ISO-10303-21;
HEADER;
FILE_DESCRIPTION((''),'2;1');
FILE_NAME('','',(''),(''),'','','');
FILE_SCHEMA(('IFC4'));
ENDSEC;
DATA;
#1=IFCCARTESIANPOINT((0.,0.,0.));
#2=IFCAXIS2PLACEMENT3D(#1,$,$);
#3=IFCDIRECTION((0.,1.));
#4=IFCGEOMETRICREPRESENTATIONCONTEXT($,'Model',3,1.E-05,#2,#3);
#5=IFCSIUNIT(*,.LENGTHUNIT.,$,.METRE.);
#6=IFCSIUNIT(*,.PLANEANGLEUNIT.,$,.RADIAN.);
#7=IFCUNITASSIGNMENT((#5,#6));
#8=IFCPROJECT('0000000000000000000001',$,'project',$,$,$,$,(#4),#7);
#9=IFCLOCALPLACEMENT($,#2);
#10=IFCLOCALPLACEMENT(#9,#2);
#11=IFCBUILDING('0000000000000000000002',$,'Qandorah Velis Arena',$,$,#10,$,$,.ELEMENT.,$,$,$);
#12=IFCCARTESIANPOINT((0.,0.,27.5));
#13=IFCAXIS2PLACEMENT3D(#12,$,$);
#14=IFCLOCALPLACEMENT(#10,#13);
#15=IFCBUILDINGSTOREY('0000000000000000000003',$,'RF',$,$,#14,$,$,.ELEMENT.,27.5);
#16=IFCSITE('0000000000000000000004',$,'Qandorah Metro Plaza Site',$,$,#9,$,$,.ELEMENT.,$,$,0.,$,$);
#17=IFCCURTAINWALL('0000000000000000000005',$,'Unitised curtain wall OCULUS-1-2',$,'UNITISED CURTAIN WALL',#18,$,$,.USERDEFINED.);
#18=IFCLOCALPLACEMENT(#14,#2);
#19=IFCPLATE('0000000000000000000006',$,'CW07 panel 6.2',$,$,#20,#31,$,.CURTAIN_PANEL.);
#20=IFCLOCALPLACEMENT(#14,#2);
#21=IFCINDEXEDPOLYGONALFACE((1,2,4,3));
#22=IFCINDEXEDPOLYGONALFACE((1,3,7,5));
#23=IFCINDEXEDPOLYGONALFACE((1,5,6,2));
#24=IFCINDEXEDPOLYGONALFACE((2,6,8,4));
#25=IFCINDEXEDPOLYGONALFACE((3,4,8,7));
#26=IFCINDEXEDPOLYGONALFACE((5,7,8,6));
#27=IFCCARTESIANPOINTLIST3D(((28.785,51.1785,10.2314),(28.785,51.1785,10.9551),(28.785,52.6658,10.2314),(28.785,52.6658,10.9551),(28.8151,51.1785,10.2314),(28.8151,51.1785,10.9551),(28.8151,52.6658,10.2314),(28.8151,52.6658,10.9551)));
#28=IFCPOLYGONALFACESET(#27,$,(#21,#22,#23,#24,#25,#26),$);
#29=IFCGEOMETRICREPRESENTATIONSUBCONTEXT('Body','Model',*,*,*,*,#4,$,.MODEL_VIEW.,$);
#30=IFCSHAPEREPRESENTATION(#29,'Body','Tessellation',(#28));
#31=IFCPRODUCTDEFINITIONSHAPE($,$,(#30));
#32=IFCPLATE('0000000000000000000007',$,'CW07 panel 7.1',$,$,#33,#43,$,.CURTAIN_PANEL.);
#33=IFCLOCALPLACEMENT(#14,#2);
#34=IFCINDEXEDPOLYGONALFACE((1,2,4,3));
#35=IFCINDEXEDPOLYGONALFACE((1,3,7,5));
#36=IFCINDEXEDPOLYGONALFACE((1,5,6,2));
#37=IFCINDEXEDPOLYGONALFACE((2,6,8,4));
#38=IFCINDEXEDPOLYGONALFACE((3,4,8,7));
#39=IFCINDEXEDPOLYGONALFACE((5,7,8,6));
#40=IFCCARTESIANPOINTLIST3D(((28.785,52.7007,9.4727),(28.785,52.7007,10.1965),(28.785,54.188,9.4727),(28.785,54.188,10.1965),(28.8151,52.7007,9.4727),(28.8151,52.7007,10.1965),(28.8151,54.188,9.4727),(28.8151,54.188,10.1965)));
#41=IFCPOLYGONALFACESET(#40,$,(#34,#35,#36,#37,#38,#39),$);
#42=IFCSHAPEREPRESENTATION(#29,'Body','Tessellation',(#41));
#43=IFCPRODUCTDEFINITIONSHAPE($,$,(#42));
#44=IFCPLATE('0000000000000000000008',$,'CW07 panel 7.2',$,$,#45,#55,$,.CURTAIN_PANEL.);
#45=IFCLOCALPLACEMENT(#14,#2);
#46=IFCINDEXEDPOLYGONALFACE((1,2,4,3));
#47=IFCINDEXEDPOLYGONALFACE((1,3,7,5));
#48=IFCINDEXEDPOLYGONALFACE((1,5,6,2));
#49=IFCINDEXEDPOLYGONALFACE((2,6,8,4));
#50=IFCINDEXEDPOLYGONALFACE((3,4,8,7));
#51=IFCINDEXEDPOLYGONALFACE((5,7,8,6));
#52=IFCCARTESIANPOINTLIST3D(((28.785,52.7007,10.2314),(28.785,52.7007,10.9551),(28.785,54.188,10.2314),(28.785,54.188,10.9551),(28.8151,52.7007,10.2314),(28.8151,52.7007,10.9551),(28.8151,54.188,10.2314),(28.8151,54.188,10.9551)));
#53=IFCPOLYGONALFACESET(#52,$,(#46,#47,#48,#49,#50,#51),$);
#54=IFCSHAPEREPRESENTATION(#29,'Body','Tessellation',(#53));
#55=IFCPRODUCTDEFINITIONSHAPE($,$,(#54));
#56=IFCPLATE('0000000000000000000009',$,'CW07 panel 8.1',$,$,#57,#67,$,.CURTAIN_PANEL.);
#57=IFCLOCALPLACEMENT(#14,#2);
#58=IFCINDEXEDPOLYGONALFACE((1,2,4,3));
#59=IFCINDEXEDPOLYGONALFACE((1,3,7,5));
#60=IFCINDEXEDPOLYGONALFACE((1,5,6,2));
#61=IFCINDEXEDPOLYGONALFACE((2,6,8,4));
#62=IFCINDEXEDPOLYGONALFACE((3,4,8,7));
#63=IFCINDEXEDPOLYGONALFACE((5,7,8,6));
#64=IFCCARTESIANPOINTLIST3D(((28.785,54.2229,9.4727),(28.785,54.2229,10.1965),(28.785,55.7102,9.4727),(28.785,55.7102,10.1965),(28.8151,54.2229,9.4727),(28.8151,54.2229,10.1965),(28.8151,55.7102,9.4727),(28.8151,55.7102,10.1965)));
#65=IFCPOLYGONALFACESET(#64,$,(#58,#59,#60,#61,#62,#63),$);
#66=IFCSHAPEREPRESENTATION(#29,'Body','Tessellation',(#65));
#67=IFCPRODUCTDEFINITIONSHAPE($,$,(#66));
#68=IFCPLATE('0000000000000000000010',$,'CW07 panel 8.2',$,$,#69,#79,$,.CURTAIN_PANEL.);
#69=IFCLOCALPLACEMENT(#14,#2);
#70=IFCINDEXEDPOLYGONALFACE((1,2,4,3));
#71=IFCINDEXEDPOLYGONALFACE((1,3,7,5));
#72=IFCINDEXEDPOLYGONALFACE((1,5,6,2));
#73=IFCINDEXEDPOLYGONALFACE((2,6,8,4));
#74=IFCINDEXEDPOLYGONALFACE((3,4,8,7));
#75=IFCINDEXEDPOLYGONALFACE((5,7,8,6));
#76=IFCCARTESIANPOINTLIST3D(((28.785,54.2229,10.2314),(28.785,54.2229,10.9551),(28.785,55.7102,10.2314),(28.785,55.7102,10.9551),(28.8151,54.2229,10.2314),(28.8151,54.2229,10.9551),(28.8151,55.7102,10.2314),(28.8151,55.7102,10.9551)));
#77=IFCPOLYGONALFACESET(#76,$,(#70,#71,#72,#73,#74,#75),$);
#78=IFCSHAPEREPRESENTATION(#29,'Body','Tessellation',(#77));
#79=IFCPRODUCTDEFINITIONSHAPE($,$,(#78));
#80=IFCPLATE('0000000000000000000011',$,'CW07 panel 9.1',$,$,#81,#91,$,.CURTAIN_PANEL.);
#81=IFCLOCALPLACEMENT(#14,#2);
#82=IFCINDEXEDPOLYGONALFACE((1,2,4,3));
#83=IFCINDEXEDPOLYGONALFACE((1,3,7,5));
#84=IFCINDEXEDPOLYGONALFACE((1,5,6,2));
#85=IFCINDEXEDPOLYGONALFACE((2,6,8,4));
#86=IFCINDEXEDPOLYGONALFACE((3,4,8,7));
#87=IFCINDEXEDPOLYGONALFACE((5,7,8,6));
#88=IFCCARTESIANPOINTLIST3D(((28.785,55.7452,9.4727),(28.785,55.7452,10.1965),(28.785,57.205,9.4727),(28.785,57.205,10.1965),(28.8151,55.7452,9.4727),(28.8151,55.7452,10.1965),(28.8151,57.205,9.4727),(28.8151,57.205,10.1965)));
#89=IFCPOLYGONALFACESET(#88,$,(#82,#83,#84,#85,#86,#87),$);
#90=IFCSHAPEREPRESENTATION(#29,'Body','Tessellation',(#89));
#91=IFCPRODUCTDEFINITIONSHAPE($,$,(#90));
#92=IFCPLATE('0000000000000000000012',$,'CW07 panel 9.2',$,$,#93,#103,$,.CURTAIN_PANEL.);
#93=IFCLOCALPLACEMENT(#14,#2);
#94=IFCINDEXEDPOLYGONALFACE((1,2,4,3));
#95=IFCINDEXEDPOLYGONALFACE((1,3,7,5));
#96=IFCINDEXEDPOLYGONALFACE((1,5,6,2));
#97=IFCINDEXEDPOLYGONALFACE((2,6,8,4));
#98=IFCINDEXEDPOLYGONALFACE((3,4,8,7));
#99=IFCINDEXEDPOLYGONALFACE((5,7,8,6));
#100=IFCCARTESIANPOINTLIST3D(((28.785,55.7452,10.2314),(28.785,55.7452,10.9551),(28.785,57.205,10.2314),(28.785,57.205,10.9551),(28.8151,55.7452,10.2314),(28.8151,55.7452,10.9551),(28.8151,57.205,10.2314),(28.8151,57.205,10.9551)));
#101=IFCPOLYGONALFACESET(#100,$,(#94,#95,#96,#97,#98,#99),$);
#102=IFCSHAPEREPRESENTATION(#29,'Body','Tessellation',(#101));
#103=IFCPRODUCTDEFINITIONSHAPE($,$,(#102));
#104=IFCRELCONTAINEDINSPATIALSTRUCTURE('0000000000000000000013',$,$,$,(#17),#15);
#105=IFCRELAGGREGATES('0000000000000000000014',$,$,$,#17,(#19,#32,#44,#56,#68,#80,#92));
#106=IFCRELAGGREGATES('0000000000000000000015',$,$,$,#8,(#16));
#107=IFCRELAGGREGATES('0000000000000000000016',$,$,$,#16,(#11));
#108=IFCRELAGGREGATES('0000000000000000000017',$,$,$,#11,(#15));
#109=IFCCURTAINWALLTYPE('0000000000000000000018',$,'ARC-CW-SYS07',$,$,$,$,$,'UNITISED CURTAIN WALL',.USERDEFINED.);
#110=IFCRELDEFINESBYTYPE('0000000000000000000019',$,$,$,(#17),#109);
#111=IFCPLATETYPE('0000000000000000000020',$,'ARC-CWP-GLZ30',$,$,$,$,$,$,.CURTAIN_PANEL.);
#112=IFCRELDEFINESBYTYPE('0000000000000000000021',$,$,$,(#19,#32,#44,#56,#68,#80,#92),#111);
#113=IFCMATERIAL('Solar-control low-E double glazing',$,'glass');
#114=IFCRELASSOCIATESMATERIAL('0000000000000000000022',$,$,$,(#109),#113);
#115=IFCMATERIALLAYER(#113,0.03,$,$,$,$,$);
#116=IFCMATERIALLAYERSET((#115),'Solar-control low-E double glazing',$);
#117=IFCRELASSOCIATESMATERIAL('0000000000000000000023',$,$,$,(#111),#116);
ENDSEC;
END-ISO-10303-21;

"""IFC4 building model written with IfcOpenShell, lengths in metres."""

from ifc_helpers import new_model, si_unit, direction, frame, origin, origin_2d, place, context, subcontext, project, spatial, rectangle, extrude, material, layer, layer_set, type_object, element, aggregate, save


model = new_model("IFC4")

# Units and contexts
model_context = context("Model", 3, precision=1e-05, world=origin(), true_north=direction((0.0, 1.0)))
body_context = subcontext(model_context, "Body", "Model", "MODEL_VIEW")
ifc_project = project(units=[si_unit("LENGTHUNIT", "METRE"), si_unit("PLANEANGLEUNIT", "RADIAN")], contexts=[model_context])

# Site, building, storey
site_placement = place(None, origin())
site = spatial("IfcSite", under=ifc_project, at=site_placement, Name="Qandorah Metro Plaza Site", CompositionType="ELEMENT", RefElevation=0.0)
building_placement = place(site_placement, origin())
building = spatial("IfcBuilding", under=site, at=building_placement, Name="Qandorah Velis Arena", CompositionType="ELEMENT")
storey_placement = place(building_placement, frame((0.0, 0.0, 27.5)))
storey = spatial("IfcBuildingStorey", under=building, at=storey_placement, Name="RF", CompositionType="ELEMENT", Elevation=27.5)

# Curtain wall
ifc_material_1 = material(Name="Solar-control low-E double glazing", Category="glass")
curtain_wall_type = type_object("IfcCurtainWallType", Name="ARC-CW-SYS07", ElementType="UNITISED CURTAIN WALL", PredefinedType="USERDEFINED", material=ifc_material_1)
curtain_wall_placement = place(storey_placement, origin())
curtain_wall = element("IfcCurtainWall", 1, at=curtain_wall_placement, inside=storey, type_object=curtain_wall_type, Name="Unitised curtain wall OCULUS-1-2", ObjectType="UNITISED CURTAIN WALL", PredefinedType="USERDEFINED")

# Plates
ifc_layer = layer(ifc_material_1, 0.03)
ifc_layer_set = layer_set([ifc_layer], Name="Solar-control low-E double glazing")
plate_type = type_object("IfcPlateType", Name="ARC-CWP-GLZ30", PredefinedType="CURTAIN_PANEL", material=ifc_layer_set)
plate_1_placement = place(storey_placement, frame((28.8, 51.9221, 10.2314), z_axis=(0.0, 0.0, 1.0), x_axis=(0.0, 1.0, 0.0)))
plate_1 = element("IfcPlate", 2, at=plate_1_placement, type_object=plate_type, Name="CW07 panel 6.2", PredefinedType="CURTAIN_PANEL", context=body_context, shape_type="SweptSolid", body=[
    extrude(rectangle(XDim=1.4873, YDim=0.03, at=origin_2d()), origin(), (0.0, 0.0, 1.0), 0.7236),
])
plate_2_placement = place(storey_placement, frame((28.8, 53.4443, 9.4727), z_axis=(0.0, 0.0, 1.0), x_axis=(0.0, 1.0, 0.0)))
plate_2 = element("IfcPlate", 3, at=plate_2_placement, type_object=plate_type, Name="CW07 panel 7.1", PredefinedType="CURTAIN_PANEL", context=body_context, shape_type="SweptSolid", body=[
    extrude(rectangle(XDim=1.4873, YDim=0.03, at=origin_2d()), origin(), (0.0, 0.0, 1.0), 0.7239),
])
plate_3_placement = place(storey_placement, frame((28.8, 53.4443, 10.2314), z_axis=(0.0, 0.0, 1.0), x_axis=(0.0, 1.0, 0.0)))
plate_3 = element("IfcPlate", 4, at=plate_3_placement, type_object=plate_type, Name="CW07 panel 7.2", PredefinedType="CURTAIN_PANEL", context=body_context, shape_type="SweptSolid", body=[
    extrude(rectangle(XDim=1.4873, YDim=0.03, at=origin_2d()), origin(), (0.0, 0.0, 1.0), 0.7236),
])
plate_4_placement = place(storey_placement, frame((28.8, 54.9666, 9.4727), z_axis=(0.0, 0.0, 1.0), x_axis=(0.0, 1.0, 0.0)))
plate_4 = element("IfcPlate", 5, at=plate_4_placement, type_object=plate_type, Name="CW07 panel 8.1", PredefinedType="CURTAIN_PANEL", context=body_context, shape_type="SweptSolid", body=[
    extrude(rectangle(XDim=1.4873, YDim=0.03, at=origin_2d()), origin(), (0.0, 0.0, 1.0), 0.7239),
])
plate_5_placement = place(storey_placement, frame((28.8, 54.9666, 10.2314), z_axis=(0.0, 0.0, 1.0), x_axis=(0.0, 1.0, 0.0)))
plate_5 = element("IfcPlate", 6, at=plate_5_placement, type_object=plate_type, Name="CW07 panel 8.2", PredefinedType="CURTAIN_PANEL", context=body_context, shape_type="SweptSolid", body=[
    extrude(rectangle(XDim=1.4873, YDim=0.03, at=origin_2d()), origin(), (0.0, 0.0, 1.0), 0.7236),
])
plate_6_placement = place(storey_placement, frame((28.8, 56.4751, 9.4727), z_axis=(0.0, 0.0, 1.0), x_axis=(0.0, 1.0, 0.0)))
plate_6 = element("IfcPlate", 7, at=plate_6_placement, type_object=plate_type, Name="CW07 panel 9.1", PredefinedType="CURTAIN_PANEL", context=body_context, shape_type="SweptSolid", body=[
    extrude(rectangle(XDim=1.4597, YDim=0.03, at=origin_2d()), origin(), (0.0, 0.0, 1.0), 0.7239),
])
plate_7_placement = place(storey_placement, frame((28.8, 56.4751, 10.2314), z_axis=(0.0, 0.0, 1.0), x_axis=(0.0, 1.0, 0.0)))
plate_7 = element("IfcPlate", 8, at=plate_7_placement, type_object=plate_type, Name="CW07 panel 9.2", PredefinedType="CURTAIN_PANEL", context=body_context, shape_type="SweptSolid", body=[
    extrude(rectangle(XDim=1.4597, YDim=0.03, at=origin_2d()), origin(), (0.0, 0.0, 1.0), 0.7236),
])
aggregate(curtain_wall, [plate_1, plate_2, plate_3, plate_4, plate_5, plate_6, plate_7])

save(model, "model.ifc")
